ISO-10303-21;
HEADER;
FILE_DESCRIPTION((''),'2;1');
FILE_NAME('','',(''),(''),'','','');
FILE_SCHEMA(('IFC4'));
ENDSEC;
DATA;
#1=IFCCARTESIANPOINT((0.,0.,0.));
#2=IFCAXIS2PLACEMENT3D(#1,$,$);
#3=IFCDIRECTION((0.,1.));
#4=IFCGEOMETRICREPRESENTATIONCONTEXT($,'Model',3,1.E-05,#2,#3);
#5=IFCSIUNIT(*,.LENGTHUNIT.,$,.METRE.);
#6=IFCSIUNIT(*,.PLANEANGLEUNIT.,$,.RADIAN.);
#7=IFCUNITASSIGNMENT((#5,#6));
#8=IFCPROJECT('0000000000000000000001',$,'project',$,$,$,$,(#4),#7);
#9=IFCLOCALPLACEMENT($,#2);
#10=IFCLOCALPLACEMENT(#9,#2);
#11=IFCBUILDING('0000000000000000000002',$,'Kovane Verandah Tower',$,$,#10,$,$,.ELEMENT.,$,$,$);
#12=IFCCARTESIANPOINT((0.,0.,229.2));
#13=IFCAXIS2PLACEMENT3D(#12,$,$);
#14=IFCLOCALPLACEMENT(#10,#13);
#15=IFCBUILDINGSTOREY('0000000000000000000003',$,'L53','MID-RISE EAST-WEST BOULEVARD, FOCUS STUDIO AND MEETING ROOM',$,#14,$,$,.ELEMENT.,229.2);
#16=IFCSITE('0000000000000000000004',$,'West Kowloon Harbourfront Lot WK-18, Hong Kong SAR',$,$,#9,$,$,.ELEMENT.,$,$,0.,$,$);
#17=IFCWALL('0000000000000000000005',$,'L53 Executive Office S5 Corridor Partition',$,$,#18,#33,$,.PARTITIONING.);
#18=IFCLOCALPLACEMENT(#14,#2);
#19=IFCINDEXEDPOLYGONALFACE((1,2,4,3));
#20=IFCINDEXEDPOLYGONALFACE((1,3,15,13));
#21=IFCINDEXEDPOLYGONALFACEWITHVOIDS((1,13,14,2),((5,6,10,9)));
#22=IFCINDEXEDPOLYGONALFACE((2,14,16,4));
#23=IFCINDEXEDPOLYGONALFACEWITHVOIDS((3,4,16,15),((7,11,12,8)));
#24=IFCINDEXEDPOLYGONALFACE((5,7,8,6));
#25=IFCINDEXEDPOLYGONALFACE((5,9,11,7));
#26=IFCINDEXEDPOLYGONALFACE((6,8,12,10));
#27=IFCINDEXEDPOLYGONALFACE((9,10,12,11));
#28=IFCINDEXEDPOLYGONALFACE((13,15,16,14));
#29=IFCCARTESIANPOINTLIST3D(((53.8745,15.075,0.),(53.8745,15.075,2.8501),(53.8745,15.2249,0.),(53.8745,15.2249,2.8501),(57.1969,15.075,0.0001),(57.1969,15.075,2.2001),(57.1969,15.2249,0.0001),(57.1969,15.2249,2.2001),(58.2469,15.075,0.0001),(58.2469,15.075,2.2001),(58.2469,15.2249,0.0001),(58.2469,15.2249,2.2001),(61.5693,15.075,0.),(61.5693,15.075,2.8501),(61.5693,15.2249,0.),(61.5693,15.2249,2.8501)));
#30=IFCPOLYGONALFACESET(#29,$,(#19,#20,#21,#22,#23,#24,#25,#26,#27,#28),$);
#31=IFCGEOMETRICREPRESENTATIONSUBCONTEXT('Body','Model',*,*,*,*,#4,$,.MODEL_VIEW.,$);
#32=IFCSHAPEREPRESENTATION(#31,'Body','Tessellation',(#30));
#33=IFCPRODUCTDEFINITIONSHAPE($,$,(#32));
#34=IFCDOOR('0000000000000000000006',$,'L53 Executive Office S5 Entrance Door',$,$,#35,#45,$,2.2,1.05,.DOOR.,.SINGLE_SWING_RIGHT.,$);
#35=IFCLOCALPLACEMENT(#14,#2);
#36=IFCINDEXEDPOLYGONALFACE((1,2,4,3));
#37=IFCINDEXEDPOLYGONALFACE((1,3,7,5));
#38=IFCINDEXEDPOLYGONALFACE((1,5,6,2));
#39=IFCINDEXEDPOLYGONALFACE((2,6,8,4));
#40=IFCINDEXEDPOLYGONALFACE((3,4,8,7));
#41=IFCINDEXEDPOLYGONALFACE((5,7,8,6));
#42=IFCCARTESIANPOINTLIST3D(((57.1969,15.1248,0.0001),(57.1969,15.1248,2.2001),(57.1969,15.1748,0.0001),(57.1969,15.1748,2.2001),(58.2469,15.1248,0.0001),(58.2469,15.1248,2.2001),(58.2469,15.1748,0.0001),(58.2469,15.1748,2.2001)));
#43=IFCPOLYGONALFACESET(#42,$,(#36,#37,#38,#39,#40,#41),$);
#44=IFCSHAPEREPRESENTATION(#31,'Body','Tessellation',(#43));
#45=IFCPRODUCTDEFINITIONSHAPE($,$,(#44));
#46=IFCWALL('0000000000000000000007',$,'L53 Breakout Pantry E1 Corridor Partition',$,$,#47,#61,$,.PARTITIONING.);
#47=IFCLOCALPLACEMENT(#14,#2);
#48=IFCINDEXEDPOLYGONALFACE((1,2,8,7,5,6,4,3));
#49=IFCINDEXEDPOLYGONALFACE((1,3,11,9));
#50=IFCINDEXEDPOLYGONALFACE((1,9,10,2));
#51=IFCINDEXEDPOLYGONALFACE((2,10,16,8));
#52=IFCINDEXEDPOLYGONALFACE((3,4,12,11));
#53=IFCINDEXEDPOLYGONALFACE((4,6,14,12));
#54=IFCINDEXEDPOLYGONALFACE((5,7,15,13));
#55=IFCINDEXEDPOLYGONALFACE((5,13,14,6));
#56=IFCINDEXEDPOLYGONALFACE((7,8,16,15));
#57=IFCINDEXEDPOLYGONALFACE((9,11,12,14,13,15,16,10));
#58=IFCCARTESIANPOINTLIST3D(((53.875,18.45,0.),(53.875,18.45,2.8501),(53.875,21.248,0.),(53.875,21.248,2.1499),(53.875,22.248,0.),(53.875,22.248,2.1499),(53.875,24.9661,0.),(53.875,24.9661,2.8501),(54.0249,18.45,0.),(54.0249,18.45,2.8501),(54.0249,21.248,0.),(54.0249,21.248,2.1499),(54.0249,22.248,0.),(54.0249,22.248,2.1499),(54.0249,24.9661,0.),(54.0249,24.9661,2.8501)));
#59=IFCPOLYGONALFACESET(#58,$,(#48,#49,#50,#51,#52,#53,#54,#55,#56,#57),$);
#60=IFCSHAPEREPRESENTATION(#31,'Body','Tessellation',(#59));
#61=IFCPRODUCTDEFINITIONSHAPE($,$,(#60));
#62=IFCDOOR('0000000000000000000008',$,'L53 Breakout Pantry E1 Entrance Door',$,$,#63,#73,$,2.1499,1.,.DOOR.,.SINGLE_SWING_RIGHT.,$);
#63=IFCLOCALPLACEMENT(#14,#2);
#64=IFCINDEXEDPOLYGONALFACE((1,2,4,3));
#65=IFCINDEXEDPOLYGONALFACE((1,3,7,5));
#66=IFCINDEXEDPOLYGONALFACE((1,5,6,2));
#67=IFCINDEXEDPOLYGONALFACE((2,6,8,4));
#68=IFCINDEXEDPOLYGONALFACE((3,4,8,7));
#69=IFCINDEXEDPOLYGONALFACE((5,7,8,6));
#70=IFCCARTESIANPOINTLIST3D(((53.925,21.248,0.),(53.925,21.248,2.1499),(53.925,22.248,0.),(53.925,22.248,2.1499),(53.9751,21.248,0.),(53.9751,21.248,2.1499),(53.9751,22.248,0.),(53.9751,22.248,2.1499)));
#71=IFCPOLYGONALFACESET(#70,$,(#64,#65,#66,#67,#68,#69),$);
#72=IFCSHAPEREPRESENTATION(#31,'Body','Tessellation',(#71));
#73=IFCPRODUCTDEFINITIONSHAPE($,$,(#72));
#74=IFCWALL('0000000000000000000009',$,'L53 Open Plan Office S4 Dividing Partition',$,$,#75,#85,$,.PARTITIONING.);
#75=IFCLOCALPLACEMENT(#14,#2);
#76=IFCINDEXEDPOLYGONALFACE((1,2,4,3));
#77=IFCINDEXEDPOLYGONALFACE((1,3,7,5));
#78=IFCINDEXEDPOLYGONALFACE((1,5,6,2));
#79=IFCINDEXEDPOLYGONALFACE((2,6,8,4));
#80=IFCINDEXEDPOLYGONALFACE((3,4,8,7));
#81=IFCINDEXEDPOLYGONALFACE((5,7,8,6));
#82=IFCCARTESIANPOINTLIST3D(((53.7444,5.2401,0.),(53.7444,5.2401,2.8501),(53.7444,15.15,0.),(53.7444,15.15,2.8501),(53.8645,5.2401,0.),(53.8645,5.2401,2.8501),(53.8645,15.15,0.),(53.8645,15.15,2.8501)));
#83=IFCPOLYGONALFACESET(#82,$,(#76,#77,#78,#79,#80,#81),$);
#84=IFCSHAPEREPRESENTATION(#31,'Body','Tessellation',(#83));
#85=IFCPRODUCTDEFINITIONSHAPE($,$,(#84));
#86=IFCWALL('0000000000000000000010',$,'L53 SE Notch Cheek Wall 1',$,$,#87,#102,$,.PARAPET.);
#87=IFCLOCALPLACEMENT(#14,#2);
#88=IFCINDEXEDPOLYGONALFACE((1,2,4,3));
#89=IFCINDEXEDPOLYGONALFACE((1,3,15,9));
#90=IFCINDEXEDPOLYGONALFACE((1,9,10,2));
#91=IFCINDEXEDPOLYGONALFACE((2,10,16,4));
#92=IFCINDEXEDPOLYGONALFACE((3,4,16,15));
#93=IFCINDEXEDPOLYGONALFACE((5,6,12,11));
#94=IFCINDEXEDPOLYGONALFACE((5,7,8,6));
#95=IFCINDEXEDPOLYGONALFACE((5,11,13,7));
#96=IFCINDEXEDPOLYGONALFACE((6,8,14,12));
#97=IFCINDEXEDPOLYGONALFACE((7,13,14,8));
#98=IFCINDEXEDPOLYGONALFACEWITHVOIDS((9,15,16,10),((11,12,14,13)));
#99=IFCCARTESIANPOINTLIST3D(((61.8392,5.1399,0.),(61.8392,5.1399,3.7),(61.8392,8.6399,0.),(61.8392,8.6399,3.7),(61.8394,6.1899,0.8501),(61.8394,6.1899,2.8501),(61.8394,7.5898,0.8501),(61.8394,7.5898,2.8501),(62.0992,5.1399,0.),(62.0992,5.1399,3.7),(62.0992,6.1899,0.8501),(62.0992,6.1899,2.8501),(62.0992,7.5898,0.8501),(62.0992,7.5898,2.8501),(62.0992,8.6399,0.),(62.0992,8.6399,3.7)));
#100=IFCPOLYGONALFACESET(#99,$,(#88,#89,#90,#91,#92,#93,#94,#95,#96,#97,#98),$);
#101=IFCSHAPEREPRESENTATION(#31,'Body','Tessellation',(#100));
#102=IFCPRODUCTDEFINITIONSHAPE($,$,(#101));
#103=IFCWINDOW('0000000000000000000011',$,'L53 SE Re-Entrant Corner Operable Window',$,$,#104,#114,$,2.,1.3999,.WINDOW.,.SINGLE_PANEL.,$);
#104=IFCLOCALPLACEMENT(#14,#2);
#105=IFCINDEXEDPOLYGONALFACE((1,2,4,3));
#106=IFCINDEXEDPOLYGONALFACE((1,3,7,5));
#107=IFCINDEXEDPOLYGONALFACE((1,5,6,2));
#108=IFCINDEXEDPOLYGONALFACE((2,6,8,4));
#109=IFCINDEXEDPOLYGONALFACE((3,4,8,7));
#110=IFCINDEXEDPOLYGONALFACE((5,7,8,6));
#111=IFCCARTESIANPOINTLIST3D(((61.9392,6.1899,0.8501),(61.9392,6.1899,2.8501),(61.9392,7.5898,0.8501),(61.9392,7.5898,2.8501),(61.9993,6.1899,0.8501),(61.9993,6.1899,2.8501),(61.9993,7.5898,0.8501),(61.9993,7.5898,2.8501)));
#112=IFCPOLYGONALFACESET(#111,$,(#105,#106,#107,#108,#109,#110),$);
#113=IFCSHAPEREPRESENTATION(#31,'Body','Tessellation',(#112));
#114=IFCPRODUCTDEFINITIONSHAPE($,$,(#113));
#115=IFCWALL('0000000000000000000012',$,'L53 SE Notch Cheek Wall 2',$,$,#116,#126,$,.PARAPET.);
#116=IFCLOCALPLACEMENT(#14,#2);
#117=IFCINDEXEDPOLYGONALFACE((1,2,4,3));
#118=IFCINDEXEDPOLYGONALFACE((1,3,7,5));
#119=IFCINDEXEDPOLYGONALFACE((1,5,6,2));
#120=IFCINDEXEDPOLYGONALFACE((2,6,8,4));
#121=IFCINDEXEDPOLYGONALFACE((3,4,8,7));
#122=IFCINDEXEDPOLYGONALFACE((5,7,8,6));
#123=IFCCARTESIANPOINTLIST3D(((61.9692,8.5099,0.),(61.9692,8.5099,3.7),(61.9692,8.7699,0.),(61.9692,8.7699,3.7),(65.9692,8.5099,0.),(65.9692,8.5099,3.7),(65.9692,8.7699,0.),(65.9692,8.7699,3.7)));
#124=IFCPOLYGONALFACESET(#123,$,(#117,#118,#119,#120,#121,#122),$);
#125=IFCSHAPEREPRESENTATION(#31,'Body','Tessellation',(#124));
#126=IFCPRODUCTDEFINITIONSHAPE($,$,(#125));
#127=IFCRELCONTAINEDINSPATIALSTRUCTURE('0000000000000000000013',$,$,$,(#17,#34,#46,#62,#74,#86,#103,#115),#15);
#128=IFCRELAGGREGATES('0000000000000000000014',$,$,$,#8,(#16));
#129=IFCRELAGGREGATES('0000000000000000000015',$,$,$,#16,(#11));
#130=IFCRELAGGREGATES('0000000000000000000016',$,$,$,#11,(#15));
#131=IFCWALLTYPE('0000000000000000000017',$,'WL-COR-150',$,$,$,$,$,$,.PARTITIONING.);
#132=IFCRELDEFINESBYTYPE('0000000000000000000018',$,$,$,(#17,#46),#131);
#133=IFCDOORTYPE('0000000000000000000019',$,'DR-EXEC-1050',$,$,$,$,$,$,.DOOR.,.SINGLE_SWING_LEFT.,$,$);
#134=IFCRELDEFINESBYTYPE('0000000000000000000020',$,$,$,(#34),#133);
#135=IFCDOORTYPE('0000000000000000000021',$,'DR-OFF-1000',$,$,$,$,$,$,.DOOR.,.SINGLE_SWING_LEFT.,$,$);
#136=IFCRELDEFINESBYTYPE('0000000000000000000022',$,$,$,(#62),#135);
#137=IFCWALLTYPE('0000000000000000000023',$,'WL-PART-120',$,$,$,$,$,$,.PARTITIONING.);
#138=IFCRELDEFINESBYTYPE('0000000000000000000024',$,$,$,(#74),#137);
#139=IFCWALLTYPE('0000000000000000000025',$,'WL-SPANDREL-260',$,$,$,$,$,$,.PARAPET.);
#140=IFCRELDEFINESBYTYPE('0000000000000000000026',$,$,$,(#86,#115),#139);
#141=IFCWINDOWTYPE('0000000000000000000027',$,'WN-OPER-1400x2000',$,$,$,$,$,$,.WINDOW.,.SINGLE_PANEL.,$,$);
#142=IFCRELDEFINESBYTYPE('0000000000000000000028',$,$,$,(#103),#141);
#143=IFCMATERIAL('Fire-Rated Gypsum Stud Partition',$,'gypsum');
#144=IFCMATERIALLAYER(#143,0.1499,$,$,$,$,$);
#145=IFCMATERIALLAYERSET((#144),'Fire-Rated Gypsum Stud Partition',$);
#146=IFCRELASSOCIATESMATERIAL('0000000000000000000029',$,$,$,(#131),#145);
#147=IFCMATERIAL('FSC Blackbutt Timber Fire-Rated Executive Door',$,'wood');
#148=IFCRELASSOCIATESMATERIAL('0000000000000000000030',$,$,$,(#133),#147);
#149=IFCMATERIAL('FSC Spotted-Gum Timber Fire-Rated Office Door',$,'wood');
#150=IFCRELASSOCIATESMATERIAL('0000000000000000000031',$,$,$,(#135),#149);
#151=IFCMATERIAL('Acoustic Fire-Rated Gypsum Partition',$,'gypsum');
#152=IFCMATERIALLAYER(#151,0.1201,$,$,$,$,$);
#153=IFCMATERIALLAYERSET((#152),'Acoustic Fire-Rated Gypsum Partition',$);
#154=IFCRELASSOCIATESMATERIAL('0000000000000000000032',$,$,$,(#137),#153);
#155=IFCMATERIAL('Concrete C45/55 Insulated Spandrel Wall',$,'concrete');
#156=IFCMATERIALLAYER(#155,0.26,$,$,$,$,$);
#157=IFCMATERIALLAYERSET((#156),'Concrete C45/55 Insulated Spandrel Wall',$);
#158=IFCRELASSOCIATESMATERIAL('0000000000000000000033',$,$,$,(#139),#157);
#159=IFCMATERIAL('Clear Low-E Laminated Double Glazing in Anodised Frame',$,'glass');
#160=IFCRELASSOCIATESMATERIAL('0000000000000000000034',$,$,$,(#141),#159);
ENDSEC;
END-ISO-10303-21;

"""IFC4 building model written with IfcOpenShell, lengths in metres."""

from ifc_helpers import new_model, si_unit, direction, frame, frame_2d, origin, place, context, subcontext, project, spatial, rectangle, extrude, material, layer, layer_set, type_object, element, fill, save


model = new_model("IFC4")

# Units and contexts
model_context = context("Model", 3, precision=1e-05, world=origin(), true_north=direction((0.0, 1.0)))
body_context = subcontext(model_context, "Body", "Model", "MODEL_VIEW")
ifc_project = project(units=[si_unit("LENGTHUNIT", "METRE"), si_unit("PLANEANGLEUNIT", "RADIAN")], contexts=[model_context])

# Site, building, storey
site_placement = place(None, origin())
site = spatial("IfcSite", under=ifc_project, at=site_placement, Name="West Kowloon Harbourfront Lot WK-18, Hong Kong SAR", CompositionType="ELEMENT", RefElevation=0.0)
building_placement = place(site_placement, origin())
building = spatial("IfcBuilding", under=site, at=building_placement, Name="Kovane Verandah Tower", CompositionType="ELEMENT")
storey_placement = place(building_placement, frame((0.0, 0.0, 229.2)))
storey = spatial("IfcBuildingStorey", under=building, at=storey_placement, Name="L53", Description="MID-RISE EAST-WEST BOULEVARD, FOCUS STUDIO AND MEETING ROOM", CompositionType="ELEMENT", Elevation=229.2)

# Walls, openings, doors
ifc_material_1 = material(Name="Fire-Rated Gypsum Stud Partition", Category="gypsum")
ifc_layer_1 = layer(ifc_material_1, 0.1499)
ifc_layer_set_1 = layer_set([ifc_layer_1], Name="Fire-Rated Gypsum Stud Partition")
wall_type_1 = type_object("IfcWallType", Name="WL-COR-150", PredefinedType="PARTITIONING", material=ifc_layer_set_1)
wall_1_placement = place(storey_placement, frame((53.8745, 15.1499, 0.0), z_axis=(0.0, 0.0, 1.0), x_axis=(1.0, 0.0, 0.0)))
wall_1 = element("IfcWall", 1, at=wall_1_placement, inside=storey, type_object=wall_type_1, Name="L53 Executive Office S5 Corridor Partition", PredefinedType="PARTITIONING", context=body_context, shape_type="SweptSolid", body=[
    extrude(rectangle(XDim=7.6948, YDim=0.1499, at=frame_2d((3.8474, 0.0))), origin(), (0.0, 0.0, 1.0), 2.8501),
])
opening_1_placement = place(wall_1_placement, frame((3.3225, 0.0, 0.0)))
opening_1 = element("IfcOpeningElement", 2, at=opening_1_placement, cuts=wall_1, PredefinedType="OPENING", context=body_context, shape_type="SweptSolid", body=[
    extrude(rectangle(XDim=1.05, YDim=2.2, at=frame_2d((0.5249, 1.1001))), frame((0.0, 0.075, 0.0), z_axis=(0.0, -1.0, 0.0), x_axis=(1.0, 0.0, 0.0)), (0.0, 0.0, 1.0), 0.1499),
])
ifc_material_2 = material(Name="FSC Blackbutt Timber Fire-Rated Executive Door", Category="wood")
door_type_1 = type_object("IfcDoorType", Name="DR-EXEC-1050", OperationType="SINGLE_SWING_LEFT", PredefinedType="DOOR", material=ifc_material_2)
door_1_placement = place(opening_1_placement, origin())
door_1 = element("IfcDoor", 3, at=door_1_placement, inside=storey, type_object=door_type_1, Name="L53 Executive Office S5 Entrance Door", OperationType="SINGLE_SWING_RIGHT", OverallHeight=2.2, OverallWidth=1.05, PredefinedType="DOOR", context=body_context, shape_type="SweptSolid", body=[
    extrude(rectangle(XDim=1.05, YDim=2.2, at=frame_2d((0.5249, 1.1001))), frame((0.0, 0.0249, 0.0), z_axis=(0.0, -1.0, 0.0), x_axis=(1.0, 0.0, 0.0)), (0.0, 0.0, 1.0), 0.05),
])
fill(opening_1, door_1)
wall_2_placement = place(storey_placement, frame((53.95, 18.45, 0.0), z_axis=(0.0, 0.0, 1.0), x_axis=(0.0, 1.0, 0.0)))
wall_2 = element("IfcWall", 4, at=wall_2_placement, inside=storey, type_object=wall_type_1, Name="L53 Breakout Pantry E1 Corridor Partition", PredefinedType="PARTITIONING", context=body_context, shape_type="SweptSolid", body=[
    extrude(rectangle(XDim=6.5161, YDim=0.1499, at=frame_2d((3.2581, 0.0))), origin(), (0.0, 0.0, 1.0), 2.8501),
])
opening_2_placement = place(wall_2_placement, frame((2.7981, 0.0, 0.0)))
opening_2 = element("IfcOpeningElement", 5, at=opening_2_placement, cuts=wall_2, PredefinedType="OPENING", context=body_context, shape_type="SweptSolid", body=[
    extrude(rectangle(XDim=1.0, YDim=2.1499, at=frame_2d((0.5, 1.075))), frame((0.0, 0.075, 0.0), z_axis=(0.0, -1.0, 0.0), x_axis=(1.0, 0.0, 0.0)), (0.0, 0.0, 1.0), 0.1499),
])
ifc_material_3 = material(Name="FSC Spotted-Gum Timber Fire-Rated Office Door", Category="wood")
door_type_2 = type_object("IfcDoorType", Name="DR-OFF-1000", OperationType="SINGLE_SWING_LEFT", PredefinedType="DOOR", material=ifc_material_3)
door_2_placement = place(opening_2_placement, origin())
door_2 = element("IfcDoor", 6, at=door_2_placement, inside=storey, type_object=door_type_2, Name="L53 Breakout Pantry E1 Entrance Door", OperationType="SINGLE_SWING_RIGHT", OverallHeight=2.1499, OverallWidth=1.0, PredefinedType="DOOR", context=body_context, shape_type="SweptSolid", body=[
    extrude(rectangle(XDim=1.0, YDim=2.1499, at=frame_2d((0.5, 1.075))), frame((0.0, 0.0249, 0.0), z_axis=(0.0, -1.0, 0.0), x_axis=(1.0, 0.0, 0.0)), (0.0, 0.0, 1.0), 0.05),
])
fill(opening_2, door_2)

# Wall
ifc_material_4 = material(Name="Acoustic Fire-Rated Gypsum Partition", Category="gypsum")
ifc_layer_2 = layer(ifc_material_4, 0.1201)
ifc_layer_set_2 = layer_set([ifc_layer_2], Name="Acoustic Fire-Rated Gypsum Partition")
wall_type_2 = type_object("IfcWallType", Name="WL-PART-120", PredefinedType="PARTITIONING", material=ifc_layer_set_2)
wall_3_placement = place(storey_placement, frame((53.8044, 5.24, 0.0), z_axis=(0.0, 0.0, 1.0), x_axis=(0.0, 1.0, 0.0)))
element("IfcWall", 7, at=wall_3_placement, inside=storey, type_object=wall_type_2, Name="L53 Open Plan Office S4 Dividing Partition", PredefinedType="PARTITIONING", context=body_context, shape_type="SweptSolid", body=[
    extrude(rectangle(XDim=9.9099, YDim=0.1201, at=frame_2d((4.9551, 0.0))), origin(), (0.0, 0.0, 1.0), 2.8501),
])

# Wall, opening, window
ifc_material_5 = material(Name="Concrete C45/55 Insulated Spandrel Wall", Category="concrete")
ifc_layer_3 = layer(ifc_material_5, 0.26)
ifc_layer_set_3 = layer_set([ifc_layer_3], Name="Concrete C45/55 Insulated Spandrel Wall")
wall_type_3 = type_object("IfcWallType", Name="WL-SPANDREL-260", PredefinedType="PARAPET", material=ifc_layer_set_3)
wall_4_placement = place(storey_placement, frame((61.9692, 5.1399, 0.0), z_axis=(0.0, 0.0, 1.0), x_axis=(0.0, 1.0, 0.0)))
wall_4 = element("IfcWall", 8, at=wall_4_placement, inside=storey, type_object=wall_type_3, Name="L53 SE Notch Cheek Wall 1", PredefinedType="PARAPET", context=body_context, shape_type="SweptSolid", body=[
    extrude(rectangle(XDim=3.5, YDim=0.26, at=frame_2d((1.75, 0.0))), origin(), (0.0, 0.0, 1.0), 3.7),
])
opening_3_placement = place(wall_4_placement, frame((1.05, 0.0, 0.8501)))
opening_3 = element("IfcOpeningElement", 9, at=opening_3_placement, cuts=wall_4, PredefinedType="OPENING", context=body_context, shape_type="SweptSolid", body=[
    extrude(rectangle(XDim=1.3999, YDim=2.0, at=frame_2d((0.7, 1.0))), frame((0.0, 0.1299, 0.0), z_axis=(0.0, -1.0, 0.0), x_axis=(1.0, 0.0, 0.0)), (0.0, 0.0, 1.0), 0.26),
])
ifc_material_6 = material(Name="Clear Low-E Laminated Double Glazing in Anodised Frame", Category="glass")
window_type = type_object("IfcWindowType", Name="WN-OPER-1400x2000", PartitioningType="SINGLE_PANEL", PredefinedType="WINDOW", material=ifc_material_6)
window_placement = place(opening_3_placement, origin())
window = element("IfcWindow", 10, at=window_placement, inside=storey, type_object=window_type, Name="L53 SE Re-Entrant Corner Operable Window", OverallHeight=2.0, OverallWidth=1.3999, PartitioningType="SINGLE_PANEL", PredefinedType="WINDOW", context=body_context, shape_type="SweptSolid", body=[
    extrude(rectangle(XDim=1.3999, YDim=2.0, at=frame_2d((0.7, 1.0))), frame((0.0, 0.03, 0.0), z_axis=(0.0, -1.0, 0.0), x_axis=(1.0, 0.0, 0.0)), (0.0, 0.0, 1.0), 0.0601),
])
fill(opening_3, window)

# Wall
wall_5_placement = place(storey_placement, frame((61.9692, 8.6399, 0.0), z_axis=(0.0, 0.0, 1.0), x_axis=(1.0, 0.0, 0.0)))
element("IfcWall", 11, at=wall_5_placement, inside=storey, type_object=wall_type_3, Name="L53 SE Notch Cheek Wall 2", PredefinedType="PARAPET", context=body_context, shape_type="SweptSolid", body=[
    extrude(rectangle(XDim=4.0, YDim=0.26, at=frame_2d((2.0, 0.0))), origin(), (0.0, 0.0, 1.0), 3.7),
])

save(model, "model.ifc")
